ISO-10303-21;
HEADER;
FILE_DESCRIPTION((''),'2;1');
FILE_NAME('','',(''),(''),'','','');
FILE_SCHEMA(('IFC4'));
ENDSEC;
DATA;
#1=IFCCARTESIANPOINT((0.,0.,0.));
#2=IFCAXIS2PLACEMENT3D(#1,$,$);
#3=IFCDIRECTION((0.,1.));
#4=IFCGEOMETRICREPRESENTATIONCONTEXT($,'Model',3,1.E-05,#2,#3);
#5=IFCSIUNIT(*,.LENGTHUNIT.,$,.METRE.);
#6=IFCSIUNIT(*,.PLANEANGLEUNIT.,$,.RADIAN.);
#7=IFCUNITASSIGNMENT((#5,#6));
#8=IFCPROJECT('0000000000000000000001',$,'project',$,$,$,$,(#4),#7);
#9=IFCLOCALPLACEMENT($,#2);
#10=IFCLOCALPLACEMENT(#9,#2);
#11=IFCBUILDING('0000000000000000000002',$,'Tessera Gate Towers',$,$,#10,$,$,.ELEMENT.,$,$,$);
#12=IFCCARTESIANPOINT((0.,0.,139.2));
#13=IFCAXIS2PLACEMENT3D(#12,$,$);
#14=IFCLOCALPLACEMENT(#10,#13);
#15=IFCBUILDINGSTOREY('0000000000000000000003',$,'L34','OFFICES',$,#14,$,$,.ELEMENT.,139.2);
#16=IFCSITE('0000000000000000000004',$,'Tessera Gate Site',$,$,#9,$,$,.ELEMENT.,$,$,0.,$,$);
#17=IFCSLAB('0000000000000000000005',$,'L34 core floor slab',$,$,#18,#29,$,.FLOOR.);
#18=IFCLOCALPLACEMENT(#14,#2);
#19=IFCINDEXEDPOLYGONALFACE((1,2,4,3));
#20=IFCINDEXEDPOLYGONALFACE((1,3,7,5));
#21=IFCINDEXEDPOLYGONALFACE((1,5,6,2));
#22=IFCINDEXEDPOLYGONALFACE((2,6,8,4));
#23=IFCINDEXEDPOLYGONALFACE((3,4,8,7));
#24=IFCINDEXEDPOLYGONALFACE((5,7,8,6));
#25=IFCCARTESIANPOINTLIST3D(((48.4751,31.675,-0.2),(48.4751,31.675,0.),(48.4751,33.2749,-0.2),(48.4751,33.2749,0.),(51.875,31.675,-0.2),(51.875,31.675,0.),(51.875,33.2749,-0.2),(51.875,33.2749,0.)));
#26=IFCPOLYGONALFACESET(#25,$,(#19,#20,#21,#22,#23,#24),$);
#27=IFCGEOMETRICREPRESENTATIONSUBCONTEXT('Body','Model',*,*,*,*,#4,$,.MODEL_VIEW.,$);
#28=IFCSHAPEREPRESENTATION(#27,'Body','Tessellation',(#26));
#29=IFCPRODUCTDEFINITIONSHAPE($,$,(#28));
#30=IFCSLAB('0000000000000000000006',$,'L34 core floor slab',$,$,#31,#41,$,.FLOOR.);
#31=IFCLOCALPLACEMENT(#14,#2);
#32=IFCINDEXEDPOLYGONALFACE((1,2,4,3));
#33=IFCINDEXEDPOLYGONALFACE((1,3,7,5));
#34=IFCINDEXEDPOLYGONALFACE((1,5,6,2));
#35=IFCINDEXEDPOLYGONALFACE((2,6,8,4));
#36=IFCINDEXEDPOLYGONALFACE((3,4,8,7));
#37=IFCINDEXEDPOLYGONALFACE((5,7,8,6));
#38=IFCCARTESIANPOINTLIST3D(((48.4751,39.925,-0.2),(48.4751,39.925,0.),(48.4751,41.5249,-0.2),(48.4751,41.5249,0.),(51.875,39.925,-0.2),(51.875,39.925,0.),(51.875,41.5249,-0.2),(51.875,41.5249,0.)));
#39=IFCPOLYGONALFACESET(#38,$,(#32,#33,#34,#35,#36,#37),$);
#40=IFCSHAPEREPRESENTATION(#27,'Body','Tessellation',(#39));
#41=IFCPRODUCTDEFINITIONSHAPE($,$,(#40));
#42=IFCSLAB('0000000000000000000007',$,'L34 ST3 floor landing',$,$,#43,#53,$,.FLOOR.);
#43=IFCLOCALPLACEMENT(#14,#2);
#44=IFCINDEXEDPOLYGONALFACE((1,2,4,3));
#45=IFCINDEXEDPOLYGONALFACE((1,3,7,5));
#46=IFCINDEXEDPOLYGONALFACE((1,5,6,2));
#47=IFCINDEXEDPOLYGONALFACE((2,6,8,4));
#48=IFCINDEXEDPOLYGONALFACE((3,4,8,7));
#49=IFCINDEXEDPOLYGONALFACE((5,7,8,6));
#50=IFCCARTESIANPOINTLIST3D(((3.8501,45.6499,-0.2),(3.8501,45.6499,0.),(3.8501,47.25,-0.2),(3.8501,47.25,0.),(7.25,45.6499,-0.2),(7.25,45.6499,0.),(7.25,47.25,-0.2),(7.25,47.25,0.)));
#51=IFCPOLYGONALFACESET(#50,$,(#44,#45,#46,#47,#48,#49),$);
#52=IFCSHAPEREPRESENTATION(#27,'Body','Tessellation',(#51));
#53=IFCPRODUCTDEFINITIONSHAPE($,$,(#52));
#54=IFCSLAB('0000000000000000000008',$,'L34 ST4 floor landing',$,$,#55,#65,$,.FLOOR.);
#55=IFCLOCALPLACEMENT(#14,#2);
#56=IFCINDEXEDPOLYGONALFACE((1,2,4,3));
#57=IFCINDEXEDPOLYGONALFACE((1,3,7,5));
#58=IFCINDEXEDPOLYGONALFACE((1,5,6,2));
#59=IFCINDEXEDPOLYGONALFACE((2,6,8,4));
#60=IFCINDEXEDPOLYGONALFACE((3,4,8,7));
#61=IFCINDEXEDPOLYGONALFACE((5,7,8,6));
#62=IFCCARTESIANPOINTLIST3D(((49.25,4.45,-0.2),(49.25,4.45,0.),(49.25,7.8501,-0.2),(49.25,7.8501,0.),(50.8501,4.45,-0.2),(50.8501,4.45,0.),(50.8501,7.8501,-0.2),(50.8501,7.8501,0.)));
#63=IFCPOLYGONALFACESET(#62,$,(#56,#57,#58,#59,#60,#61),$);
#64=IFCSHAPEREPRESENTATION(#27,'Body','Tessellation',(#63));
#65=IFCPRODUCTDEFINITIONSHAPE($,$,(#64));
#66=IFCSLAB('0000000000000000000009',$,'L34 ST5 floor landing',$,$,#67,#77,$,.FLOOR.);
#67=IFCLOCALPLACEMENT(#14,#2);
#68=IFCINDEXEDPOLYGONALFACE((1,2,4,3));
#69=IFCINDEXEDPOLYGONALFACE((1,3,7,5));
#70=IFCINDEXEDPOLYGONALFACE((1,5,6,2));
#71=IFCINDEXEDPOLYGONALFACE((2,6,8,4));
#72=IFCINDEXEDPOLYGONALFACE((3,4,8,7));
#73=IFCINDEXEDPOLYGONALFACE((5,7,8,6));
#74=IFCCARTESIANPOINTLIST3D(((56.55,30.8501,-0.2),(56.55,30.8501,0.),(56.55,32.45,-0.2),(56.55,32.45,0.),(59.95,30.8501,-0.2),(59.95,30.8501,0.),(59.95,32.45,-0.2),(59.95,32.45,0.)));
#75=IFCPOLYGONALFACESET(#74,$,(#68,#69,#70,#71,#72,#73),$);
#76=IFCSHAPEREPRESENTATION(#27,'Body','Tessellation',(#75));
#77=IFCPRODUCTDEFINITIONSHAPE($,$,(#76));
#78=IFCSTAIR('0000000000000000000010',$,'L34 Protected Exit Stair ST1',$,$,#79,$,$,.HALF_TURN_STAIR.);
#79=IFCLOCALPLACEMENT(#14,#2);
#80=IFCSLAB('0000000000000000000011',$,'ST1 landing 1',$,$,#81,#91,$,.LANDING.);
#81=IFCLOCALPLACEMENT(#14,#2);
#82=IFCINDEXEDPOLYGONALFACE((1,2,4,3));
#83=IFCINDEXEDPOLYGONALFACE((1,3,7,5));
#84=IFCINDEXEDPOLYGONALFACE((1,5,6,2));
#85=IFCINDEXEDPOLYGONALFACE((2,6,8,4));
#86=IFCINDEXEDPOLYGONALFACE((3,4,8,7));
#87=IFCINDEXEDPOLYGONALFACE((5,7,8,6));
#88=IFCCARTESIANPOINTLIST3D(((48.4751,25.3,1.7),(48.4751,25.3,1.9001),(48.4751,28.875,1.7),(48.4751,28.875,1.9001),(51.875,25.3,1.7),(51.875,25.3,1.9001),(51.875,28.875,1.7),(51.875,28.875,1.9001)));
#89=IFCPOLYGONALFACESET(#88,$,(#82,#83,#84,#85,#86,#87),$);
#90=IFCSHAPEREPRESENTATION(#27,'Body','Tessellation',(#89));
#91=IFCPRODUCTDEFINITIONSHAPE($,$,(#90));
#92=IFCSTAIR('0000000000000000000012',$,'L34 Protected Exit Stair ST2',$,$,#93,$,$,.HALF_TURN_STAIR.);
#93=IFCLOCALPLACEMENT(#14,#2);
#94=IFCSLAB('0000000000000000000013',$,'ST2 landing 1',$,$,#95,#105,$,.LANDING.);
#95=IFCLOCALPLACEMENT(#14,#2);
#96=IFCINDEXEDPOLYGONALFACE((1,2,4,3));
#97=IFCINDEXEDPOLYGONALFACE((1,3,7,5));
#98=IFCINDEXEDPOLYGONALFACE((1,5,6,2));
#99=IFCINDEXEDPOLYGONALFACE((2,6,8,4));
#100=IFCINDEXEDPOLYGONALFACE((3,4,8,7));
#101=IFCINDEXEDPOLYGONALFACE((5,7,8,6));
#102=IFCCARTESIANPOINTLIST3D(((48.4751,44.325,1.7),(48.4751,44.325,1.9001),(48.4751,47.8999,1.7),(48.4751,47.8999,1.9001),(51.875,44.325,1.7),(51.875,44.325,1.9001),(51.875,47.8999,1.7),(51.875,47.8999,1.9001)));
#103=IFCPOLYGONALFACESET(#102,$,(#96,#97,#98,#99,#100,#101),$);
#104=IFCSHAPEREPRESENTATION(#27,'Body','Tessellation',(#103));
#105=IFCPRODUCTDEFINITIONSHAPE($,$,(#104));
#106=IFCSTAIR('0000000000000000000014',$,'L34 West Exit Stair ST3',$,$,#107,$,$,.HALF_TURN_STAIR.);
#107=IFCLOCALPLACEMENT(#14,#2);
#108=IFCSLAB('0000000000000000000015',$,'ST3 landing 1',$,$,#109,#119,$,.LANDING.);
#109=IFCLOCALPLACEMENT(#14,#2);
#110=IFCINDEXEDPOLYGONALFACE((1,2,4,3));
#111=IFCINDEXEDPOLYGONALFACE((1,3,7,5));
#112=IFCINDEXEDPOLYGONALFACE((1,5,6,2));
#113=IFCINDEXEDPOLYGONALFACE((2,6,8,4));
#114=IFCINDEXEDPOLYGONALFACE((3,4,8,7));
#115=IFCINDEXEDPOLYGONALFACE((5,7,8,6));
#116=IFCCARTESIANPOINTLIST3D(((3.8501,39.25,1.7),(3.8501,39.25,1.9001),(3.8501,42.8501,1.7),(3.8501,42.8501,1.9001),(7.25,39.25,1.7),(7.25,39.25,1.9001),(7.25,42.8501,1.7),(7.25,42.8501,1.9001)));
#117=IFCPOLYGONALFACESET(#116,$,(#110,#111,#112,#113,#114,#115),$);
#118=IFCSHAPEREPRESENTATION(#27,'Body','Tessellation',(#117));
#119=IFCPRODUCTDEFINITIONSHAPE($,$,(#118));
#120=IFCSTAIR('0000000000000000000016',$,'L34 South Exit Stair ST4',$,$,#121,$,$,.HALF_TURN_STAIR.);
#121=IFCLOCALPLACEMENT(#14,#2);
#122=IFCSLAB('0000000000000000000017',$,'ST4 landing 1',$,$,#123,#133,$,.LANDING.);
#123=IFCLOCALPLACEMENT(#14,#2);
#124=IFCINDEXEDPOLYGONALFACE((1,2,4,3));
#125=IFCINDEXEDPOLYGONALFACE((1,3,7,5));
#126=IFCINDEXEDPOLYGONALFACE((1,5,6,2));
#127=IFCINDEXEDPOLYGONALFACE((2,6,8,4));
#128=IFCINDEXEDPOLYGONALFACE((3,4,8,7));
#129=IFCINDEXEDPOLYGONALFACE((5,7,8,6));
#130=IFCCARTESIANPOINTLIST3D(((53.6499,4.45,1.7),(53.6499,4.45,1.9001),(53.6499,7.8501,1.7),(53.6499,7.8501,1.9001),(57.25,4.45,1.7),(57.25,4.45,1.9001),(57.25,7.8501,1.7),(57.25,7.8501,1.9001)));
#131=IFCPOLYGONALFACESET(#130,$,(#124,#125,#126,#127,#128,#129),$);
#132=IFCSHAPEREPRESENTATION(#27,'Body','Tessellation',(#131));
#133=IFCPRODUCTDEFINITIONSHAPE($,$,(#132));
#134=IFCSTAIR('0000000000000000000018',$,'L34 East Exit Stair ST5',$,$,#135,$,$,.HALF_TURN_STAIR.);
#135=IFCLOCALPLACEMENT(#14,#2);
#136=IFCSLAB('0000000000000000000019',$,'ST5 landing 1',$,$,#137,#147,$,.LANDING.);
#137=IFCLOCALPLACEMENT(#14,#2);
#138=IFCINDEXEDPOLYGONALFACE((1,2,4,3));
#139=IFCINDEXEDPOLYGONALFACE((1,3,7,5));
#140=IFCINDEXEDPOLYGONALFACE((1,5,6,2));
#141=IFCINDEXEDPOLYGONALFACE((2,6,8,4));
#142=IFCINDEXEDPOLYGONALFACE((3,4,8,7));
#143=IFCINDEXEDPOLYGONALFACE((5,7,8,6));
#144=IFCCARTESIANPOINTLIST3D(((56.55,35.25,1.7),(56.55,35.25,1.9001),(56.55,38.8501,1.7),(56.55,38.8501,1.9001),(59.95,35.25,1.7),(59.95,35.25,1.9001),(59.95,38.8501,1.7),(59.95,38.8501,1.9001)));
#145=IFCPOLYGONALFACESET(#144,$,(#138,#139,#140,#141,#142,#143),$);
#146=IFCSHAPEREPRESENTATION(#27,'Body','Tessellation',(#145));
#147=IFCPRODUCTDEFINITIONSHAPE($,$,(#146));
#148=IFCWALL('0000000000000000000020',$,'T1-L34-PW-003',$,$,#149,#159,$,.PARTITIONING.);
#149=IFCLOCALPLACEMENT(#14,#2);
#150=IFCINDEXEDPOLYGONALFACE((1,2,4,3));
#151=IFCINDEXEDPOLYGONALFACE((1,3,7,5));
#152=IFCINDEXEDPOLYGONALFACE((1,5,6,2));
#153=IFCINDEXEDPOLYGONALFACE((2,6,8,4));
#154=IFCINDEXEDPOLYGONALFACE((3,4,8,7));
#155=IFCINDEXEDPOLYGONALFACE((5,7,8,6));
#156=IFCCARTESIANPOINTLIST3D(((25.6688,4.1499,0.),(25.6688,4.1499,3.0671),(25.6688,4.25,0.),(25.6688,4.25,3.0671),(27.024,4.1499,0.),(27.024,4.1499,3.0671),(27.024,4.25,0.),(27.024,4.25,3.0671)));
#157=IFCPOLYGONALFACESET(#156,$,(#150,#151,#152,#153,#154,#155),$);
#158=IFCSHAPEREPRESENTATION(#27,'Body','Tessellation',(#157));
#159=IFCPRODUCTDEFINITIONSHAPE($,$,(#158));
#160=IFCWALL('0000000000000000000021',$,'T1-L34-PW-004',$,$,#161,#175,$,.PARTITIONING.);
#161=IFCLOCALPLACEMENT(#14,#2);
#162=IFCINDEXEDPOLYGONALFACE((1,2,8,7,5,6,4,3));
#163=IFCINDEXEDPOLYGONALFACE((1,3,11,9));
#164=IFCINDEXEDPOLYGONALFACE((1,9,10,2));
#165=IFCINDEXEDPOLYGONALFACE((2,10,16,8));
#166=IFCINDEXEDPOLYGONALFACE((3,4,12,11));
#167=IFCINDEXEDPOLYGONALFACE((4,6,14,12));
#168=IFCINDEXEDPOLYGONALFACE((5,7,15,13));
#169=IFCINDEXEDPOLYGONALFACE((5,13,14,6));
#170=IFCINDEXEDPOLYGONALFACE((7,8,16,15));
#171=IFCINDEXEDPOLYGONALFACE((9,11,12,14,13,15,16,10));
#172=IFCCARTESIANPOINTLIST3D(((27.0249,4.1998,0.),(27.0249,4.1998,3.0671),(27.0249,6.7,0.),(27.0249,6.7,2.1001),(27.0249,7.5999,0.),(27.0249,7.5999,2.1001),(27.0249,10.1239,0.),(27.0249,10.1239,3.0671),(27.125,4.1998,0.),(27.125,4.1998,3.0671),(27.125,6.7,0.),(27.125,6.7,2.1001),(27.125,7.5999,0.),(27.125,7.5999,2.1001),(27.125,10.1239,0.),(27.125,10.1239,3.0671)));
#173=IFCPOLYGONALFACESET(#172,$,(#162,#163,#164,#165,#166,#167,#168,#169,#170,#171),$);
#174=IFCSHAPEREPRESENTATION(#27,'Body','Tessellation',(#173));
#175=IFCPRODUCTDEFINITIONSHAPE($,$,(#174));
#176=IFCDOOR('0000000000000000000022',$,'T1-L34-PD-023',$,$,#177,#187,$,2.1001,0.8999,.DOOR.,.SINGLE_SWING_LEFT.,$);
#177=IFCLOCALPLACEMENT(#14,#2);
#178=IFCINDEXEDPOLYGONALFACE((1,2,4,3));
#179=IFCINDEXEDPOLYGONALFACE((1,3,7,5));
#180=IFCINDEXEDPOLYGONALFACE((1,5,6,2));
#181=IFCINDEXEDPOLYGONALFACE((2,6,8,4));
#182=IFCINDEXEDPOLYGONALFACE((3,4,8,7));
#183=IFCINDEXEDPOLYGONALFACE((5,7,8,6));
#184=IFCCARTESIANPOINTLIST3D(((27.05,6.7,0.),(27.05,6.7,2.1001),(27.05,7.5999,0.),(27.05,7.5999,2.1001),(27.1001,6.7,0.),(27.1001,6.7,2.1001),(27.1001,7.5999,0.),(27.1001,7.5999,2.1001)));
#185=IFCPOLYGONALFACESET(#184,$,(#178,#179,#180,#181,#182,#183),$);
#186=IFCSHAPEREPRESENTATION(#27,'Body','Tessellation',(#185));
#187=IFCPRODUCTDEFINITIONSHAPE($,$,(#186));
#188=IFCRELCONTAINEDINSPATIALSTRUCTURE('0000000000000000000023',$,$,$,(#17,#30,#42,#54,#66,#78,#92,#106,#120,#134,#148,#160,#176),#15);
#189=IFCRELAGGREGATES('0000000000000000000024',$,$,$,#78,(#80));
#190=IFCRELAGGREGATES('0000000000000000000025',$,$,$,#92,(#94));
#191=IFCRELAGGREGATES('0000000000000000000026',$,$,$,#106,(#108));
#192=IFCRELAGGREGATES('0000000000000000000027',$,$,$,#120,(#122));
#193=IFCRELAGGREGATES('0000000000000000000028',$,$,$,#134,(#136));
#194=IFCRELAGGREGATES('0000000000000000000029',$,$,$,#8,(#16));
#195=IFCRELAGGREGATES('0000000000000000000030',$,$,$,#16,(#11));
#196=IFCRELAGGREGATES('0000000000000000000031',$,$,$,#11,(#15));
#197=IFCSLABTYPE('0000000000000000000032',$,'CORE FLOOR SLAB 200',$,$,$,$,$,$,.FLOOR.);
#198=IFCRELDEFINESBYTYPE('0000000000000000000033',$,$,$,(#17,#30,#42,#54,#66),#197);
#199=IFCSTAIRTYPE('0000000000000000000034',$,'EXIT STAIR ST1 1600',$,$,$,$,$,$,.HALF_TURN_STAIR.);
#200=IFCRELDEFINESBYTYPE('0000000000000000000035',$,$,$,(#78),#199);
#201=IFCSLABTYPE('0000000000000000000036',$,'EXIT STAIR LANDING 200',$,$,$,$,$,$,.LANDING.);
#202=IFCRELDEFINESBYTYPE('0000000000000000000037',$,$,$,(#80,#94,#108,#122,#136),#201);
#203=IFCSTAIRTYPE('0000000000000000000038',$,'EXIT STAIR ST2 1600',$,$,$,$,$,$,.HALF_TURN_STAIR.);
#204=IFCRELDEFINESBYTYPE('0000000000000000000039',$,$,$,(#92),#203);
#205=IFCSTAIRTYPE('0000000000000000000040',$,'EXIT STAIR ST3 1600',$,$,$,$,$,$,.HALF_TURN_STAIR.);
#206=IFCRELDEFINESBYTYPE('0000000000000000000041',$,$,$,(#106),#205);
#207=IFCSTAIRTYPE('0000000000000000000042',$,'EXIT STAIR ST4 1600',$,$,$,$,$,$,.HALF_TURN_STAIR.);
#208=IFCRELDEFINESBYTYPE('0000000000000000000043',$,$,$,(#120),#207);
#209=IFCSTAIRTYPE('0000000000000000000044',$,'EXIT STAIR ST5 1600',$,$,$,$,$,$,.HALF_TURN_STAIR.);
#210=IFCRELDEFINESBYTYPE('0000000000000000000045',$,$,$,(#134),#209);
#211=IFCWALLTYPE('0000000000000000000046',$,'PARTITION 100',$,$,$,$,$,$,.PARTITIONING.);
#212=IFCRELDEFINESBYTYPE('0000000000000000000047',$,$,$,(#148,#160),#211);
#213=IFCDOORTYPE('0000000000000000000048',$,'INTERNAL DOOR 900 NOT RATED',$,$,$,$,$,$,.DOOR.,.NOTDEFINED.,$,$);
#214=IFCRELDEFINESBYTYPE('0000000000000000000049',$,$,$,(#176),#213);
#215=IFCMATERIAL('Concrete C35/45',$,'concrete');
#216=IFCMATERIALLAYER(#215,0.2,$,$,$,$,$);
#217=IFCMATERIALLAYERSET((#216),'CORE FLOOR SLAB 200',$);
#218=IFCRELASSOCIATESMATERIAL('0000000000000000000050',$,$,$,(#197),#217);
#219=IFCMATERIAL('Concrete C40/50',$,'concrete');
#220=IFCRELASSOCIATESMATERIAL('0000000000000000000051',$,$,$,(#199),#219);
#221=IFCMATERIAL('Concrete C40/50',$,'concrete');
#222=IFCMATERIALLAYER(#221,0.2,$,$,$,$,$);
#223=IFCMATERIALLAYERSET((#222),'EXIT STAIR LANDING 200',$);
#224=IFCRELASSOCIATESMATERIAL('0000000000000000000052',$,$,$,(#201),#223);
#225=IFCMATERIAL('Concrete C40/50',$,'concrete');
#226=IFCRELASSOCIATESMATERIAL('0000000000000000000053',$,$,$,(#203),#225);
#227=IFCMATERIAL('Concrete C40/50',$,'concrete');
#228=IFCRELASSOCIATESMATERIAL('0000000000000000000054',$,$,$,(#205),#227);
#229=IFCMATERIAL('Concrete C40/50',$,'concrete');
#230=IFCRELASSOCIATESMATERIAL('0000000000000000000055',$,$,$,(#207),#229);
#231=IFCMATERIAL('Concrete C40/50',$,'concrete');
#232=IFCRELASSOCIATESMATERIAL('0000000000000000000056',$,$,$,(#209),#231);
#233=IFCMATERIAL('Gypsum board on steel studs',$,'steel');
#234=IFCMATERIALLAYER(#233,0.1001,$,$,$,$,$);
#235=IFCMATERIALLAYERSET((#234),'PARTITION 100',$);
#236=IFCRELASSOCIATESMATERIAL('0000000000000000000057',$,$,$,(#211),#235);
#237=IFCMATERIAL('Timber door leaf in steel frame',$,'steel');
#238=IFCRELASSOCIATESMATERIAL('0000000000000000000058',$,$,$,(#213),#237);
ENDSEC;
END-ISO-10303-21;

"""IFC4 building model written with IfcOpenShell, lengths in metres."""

from ifc_helpers import new_model, si_unit, direction, frame, frame_2d, origin, place, context, subcontext, project, spatial, polyline, rectangle, outline, extrude, source, transform, mapped, material, layer, layer_set, type_object, element, fill, aggregate, save


model = new_model("IFC4")

# Units and contexts
model_context = context("Model", 3, precision=1e-05, world=origin(), true_north=direction((0.0, 1.0)))
body_context = subcontext(model_context, "Body", "Model", "MODEL_VIEW")
ifc_project = project(units=[si_unit("LENGTHUNIT", "METRE"), si_unit("PLANEANGLEUNIT", "RADIAN")], contexts=[model_context])

# Site, building, storey
site_placement = place(None, origin())
site = spatial("IfcSite", under=ifc_project, at=site_placement, Name="Tessera Gate Site", CompositionType="ELEMENT", RefElevation=0.0)
building_placement = place(site_placement, origin())
building = spatial("IfcBuilding", under=site, at=building_placement, Name="Tessera Gate Towers", CompositionType="ELEMENT")
storey_placement = place(building_placement, frame((0.0, 0.0, 139.2)))
storey = spatial("IfcBuildingStorey", under=building, at=storey_placement, Name="L34", Description="OFFICES", CompositionType="ELEMENT", Elevation=139.2)

# Slabs
ifc_material_1 = material(Name="Concrete C35/45", Category="concrete")
ifc_layer_1 = layer(ifc_material_1, 0.2)
ifc_layer_set_1 = layer_set([ifc_layer_1], Name="CORE FLOOR SLAB 200")
slab_type_1 = type_object("IfcSlabType", Name="CORE FLOOR SLAB 200", PredefinedType="FLOOR", material=ifc_layer_set_1)
slab_1_placement = place(storey_placement, frame((0.0, 0.0, -0.2)))
element("IfcSlab", 1, at=slab_1_placement, inside=storey, type_object=slab_type_1, Name="L34 core floor slab", PredefinedType="FLOOR", context=body_context, shape_type="SweptSolid", body=[
    extrude(outline(polyline([(51.875, 31.675), (51.875, 33.2749), (48.4751, 33.2749), (48.4751, 31.675), (51.875, 31.675)])), origin(), (0.0, 0.0, 1.0), 0.2),
])
slab_2_placement = place(storey_placement, frame((0.0, 0.0, -0.2)))
element("IfcSlab", 2, at=slab_2_placement, inside=storey, type_object=slab_type_1, Name="L34 core floor slab", PredefinedType="FLOOR", context=body_context, shape_type="SweptSolid", body=[
    extrude(outline(polyline([(48.4751, 41.5249), (48.4751, 39.925), (51.875, 39.925), (51.875, 41.5249), (48.4751, 41.5249)])), origin(), (0.0, 0.0, 1.0), 0.2),
])
slab_3_placement = place(storey_placement, frame((0.0, 0.0, -0.2)))
element("IfcSlab", 3, at=slab_3_placement, inside=storey, type_object=slab_type_1, Name="L34 ST3 floor landing", PredefinedType="FLOOR", context=body_context, shape_type="SweptSolid", body=[
    extrude(outline(polyline([(3.8501, 47.25), (3.8501, 45.6499), (7.25, 45.6499), (7.25, 47.25), (3.8501, 47.25)])), origin(), (0.0, 0.0, 1.0), 0.2),
])
slab_4_placement = place(storey_placement, frame((0.0, 0.0, -0.2)))
element("IfcSlab", 4, at=slab_4_placement, inside=storey, type_object=slab_type_1, Name="L34 ST4 floor landing", PredefinedType="FLOOR", context=body_context, shape_type="SweptSolid", body=[
    extrude(outline(polyline([(49.25, 4.45), (50.8501, 4.45), (50.8501, 7.8501), (49.25, 7.8501), (49.25, 4.45)])), origin(), (0.0, 0.0, 1.0), 0.2),
])
slab_5_placement = place(storey_placement, frame((0.0, 0.0, -0.2)))
element("IfcSlab", 5, at=slab_5_placement, inside=storey, type_object=slab_type_1, Name="L34 ST5 floor landing", PredefinedType="FLOOR", context=body_context, shape_type="SweptSolid", body=[
    extrude(outline(polyline([(59.95, 30.8501), (59.95, 32.45), (56.55, 32.45), (56.55, 30.8501), (59.95, 30.8501)])), origin(), (0.0, 0.0, 1.0), 0.2),
])

# Stairs, slabs
ifc_material_2 = material(Name="Concrete C40/50", Category="concrete")
stair_type_1 = type_object("IfcStairType", Name="EXIT STAIR ST1 1600", PredefinedType="HALF_TURN_STAIR", material=ifc_material_2)
stair_1_placement = place(storey_placement, origin())
stair_1 = element("IfcStair", 6, at=stair_1_placement, inside=storey, type_object=stair_type_1, Name="L34 Protected Exit Stair ST1", PredefinedType="HALF_TURN_STAIR")
ifc_material_3 = material(Name="Concrete C40/50", Category="concrete")
ifc_layer_2 = layer(ifc_material_3, 0.2)
ifc_layer_set_2 = layer_set([ifc_layer_2], Name="EXIT STAIR LANDING 200")
slab_type_2 = type_object("IfcSlabType", Name="EXIT STAIR LANDING 200", PredefinedType="LANDING", material=ifc_layer_set_2)
slab_6_placement = place(storey_placement, frame((0.0, 0.0, 1.7)))
slab_6 = element("IfcSlab", 7, at=slab_6_placement, type_object=slab_type_2, Name="ST1 landing 1", PredefinedType="LANDING", context=body_context, shape_type="SweptSolid", body=[
    extrude(outline(polyline([(48.4751, 28.875), (48.4751, 25.3), (51.875, 25.3), (51.875, 28.875), (48.4751, 28.875)])), origin(), (0.0, 0.0, 1.0), 0.2002),
])
aggregate(stair_1, [slab_6])
ifc_material_4 = material(Name="Concrete C40/50", Category="concrete")
stair_type_2 = type_object("IfcStairType", Name="EXIT STAIR ST2 1600", PredefinedType="HALF_TURN_STAIR", material=ifc_material_4)
stair_2_placement = place(storey_placement, origin())
stair_2 = element("IfcStair", 8, at=stair_2_placement, inside=storey, type_object=stair_type_2, Name="L34 Protected Exit Stair ST2", PredefinedType="HALF_TURN_STAIR")
slab_7_placement = place(storey_placement, frame((0.0, 0.0, 1.7)))
slab_7 = element("IfcSlab", 9, at=slab_7_placement, type_object=slab_type_2, Name="ST2 landing 1", PredefinedType="LANDING", context=body_context, shape_type="SweptSolid", body=[
    extrude(outline(polyline([(51.875, 44.325), (51.875, 47.8999), (48.4751, 47.8999), (48.4751, 44.325), (51.875, 44.325)])), origin(), (0.0, 0.0, 1.0), 0.2002),
])
aggregate(stair_2, [slab_7])
ifc_material_5 = material(Name="Concrete C40/50", Category="concrete")
stair_type_3 = type_object("IfcStairType", Name="EXIT STAIR ST3 1600", PredefinedType="HALF_TURN_STAIR", material=ifc_material_5)
stair_3_placement = place(storey_placement, origin())
stair_3 = element("IfcStair", 10, at=stair_3_placement, inside=storey, type_object=stair_type_3, Name="L34 West Exit Stair ST3", PredefinedType="HALF_TURN_STAIR")
slab_8_placement = place(storey_placement, frame((0.0, 0.0, 1.7)))
slab_8 = element("IfcSlab", 11, at=slab_8_placement, type_object=slab_type_2, Name="ST3 landing 1", PredefinedType="LANDING", context=body_context, shape_type="SweptSolid", body=[
    extrude(outline(polyline([(3.8501, 42.8501), (3.8501, 39.25), (7.25, 39.25), (7.25, 42.8501), (3.8501, 42.8501)])), origin(), (0.0, 0.0, 1.0), 0.2002),
])
aggregate(stair_3, [slab_8])
ifc_material_6 = material(Name="Concrete C40/50", Category="concrete")
stair_type_4 = type_object("IfcStairType", Name="EXIT STAIR ST4 1600", PredefinedType="HALF_TURN_STAIR", material=ifc_material_6)
stair_4_placement = place(storey_placement, origin())
stair_4 = element("IfcStair", 12, at=stair_4_placement, inside=storey, type_object=stair_type_4, Name="L34 South Exit Stair ST4", PredefinedType="HALF_TURN_STAIR")
slab_9_placement = place(storey_placement, frame((0.0, 0.0, 1.7)))
slab_9 = element("IfcSlab", 13, at=slab_9_placement, type_object=slab_type_2, Name="ST4 landing 1", PredefinedType="LANDING", context=body_context, shape_type="SweptSolid", body=[
    extrude(outline(polyline([(53.6499, 4.45), (57.25, 4.45), (57.25, 7.8501), (53.6499, 7.8501), (53.6499, 4.45)])), origin(), (0.0, 0.0, 1.0), 0.2002),
])
aggregate(stair_4, [slab_9])
ifc_material_7 = material(Name="Concrete C40/50", Category="concrete")
stair_type_5 = type_object("IfcStairType", Name="EXIT STAIR ST5 1600", PredefinedType="HALF_TURN_STAIR", material=ifc_material_7)
stair_5_placement = place(storey_placement, origin())
stair_5 = element("IfcStair", 14, at=stair_5_placement, inside=storey, type_object=stair_type_5, Name="L34 East Exit Stair ST5", PredefinedType="HALF_TURN_STAIR")
slab_10_placement = place(storey_placement, frame((0.0, 0.0, 1.7)))
slab_10 = element("IfcSlab", 15, at=slab_10_placement, type_object=slab_type_2, Name="ST5 landing 1", PredefinedType="LANDING", context=body_context, shape_type="SweptSolid", body=[
    extrude(outline(polyline([(59.95, 35.25), (59.95, 38.8501), (56.55, 38.8501), (56.55, 35.25), (59.95, 35.25)])), origin(), (0.0, 0.0, 1.0), 0.2002),
])
aggregate(stair_5, [slab_10])

# Wall
ifc_material_8 = material(Name="Gypsum board on steel studs", Category="steel")
ifc_layer_3 = layer(ifc_material_8, 0.1001)
ifc_layer_set_3 = layer_set([ifc_layer_3], Name="PARTITION 100")
wall_type_1 = type_object("IfcWallType", Name="PARTITION 100", PredefinedType="PARTITIONING", material=ifc_layer_set_3)
wall_1_placement = place(storey_placement, frame((25.6687, 4.2, 0.0), z_axis=(0.0, 0.0, 1.0), x_axis=(1.0, 0.0, 0.0)))
element("IfcWall", 16, at=wall_1_placement, inside=storey, type_object=wall_type_1, Name="T1-L34-PW-003", PredefinedType="PARTITIONING", context=body_context, shape_type="SweptSolid", body=[
    extrude(rectangle(XDim=1.3552, YDim=0.1001, at=frame_2d((0.6777, 0.0))), origin(), (0.0, 0.0, 1.0), 3.0671),
])

# Wall, opening, door
wall_2_placement = place(storey_placement, frame((27.075, 4.2, 0.0), z_axis=(0.0, 0.0, 1.0), x_axis=(0.0, 1.0, 0.0)))
wall_2 = element("IfcWall", 17, at=wall_2_placement, inside=storey, type_object=wall_type_1, Name="T1-L34-PW-004", PredefinedType="PARTITIONING", context=body_context, shape_type="SweptSolid", body=[
    extrude(rectangle(XDim=5.9241, YDim=0.1001, at=frame_2d((2.9619, 0.0))), origin(), (0.0, 0.0, 1.0), 3.0671),
])
shared_shape_1 = source(origin(), body_context, "Body", "SweptSolid", [
    extrude(rectangle(XDim=0.8999, YDim=2.1001, at=frame_2d((0.45, 1.05))), frame((0.0, 0.0601, 0.0), z_axis=(0.0, -1.0, 0.0), x_axis=(1.0, 0.0, 0.0)), (0.0, 0.0, 1.0), 0.1201),
])
opening_1_placement = place(wall_2_placement, frame((2.5, 0.0, 0.0)))
opening_1 = element("IfcOpeningElement", 18, at=opening_1_placement, cuts=wall_2, PredefinedType="OPENING", context=body_context, shape_type="MappedRepresentation", body=[
    mapped(shared_shape_1, transform((0.0, 0.0, 0.0), scale=1.0)),
])
ifc_material_9 = material(Name="Timber door leaf in steel frame", Category="steel")
door_type = type_object("IfcDoorType", Name="INTERNAL DOOR 900 NOT RATED", OperationType="NOTDEFINED", PredefinedType="DOOR", material=ifc_material_9)
shared_shape_2 = source(origin(), body_context, "Body", "SweptSolid", [
    extrude(rectangle(XDim=0.8999, YDim=2.1001, at=frame_2d((0.45, 1.05))), frame((0.0, 0.0249, 0.0), z_axis=(0.0, -1.0, 0.0), x_axis=(1.0, 0.0, 0.0)), (0.0, 0.0, 1.0), 0.05),
])
door_1_placement = place(opening_1_placement, origin())
door_1 = element("IfcDoor", 19, at=door_1_placement, inside=storey, type_object=door_type, Name="T1-L34-PD-023", OperationType="SINGLE_SWING_LEFT", OverallHeight=2.1001, OverallWidth=0.8999, PredefinedType="DOOR", context=body_context, shape_type="MappedRepresentation", body=[
    mapped(shared_shape_2, transform((0.0, 0.0, 0.0), scale=1.0)),
])
fill(opening_1, door_1)

save(model, "model.ifc")
